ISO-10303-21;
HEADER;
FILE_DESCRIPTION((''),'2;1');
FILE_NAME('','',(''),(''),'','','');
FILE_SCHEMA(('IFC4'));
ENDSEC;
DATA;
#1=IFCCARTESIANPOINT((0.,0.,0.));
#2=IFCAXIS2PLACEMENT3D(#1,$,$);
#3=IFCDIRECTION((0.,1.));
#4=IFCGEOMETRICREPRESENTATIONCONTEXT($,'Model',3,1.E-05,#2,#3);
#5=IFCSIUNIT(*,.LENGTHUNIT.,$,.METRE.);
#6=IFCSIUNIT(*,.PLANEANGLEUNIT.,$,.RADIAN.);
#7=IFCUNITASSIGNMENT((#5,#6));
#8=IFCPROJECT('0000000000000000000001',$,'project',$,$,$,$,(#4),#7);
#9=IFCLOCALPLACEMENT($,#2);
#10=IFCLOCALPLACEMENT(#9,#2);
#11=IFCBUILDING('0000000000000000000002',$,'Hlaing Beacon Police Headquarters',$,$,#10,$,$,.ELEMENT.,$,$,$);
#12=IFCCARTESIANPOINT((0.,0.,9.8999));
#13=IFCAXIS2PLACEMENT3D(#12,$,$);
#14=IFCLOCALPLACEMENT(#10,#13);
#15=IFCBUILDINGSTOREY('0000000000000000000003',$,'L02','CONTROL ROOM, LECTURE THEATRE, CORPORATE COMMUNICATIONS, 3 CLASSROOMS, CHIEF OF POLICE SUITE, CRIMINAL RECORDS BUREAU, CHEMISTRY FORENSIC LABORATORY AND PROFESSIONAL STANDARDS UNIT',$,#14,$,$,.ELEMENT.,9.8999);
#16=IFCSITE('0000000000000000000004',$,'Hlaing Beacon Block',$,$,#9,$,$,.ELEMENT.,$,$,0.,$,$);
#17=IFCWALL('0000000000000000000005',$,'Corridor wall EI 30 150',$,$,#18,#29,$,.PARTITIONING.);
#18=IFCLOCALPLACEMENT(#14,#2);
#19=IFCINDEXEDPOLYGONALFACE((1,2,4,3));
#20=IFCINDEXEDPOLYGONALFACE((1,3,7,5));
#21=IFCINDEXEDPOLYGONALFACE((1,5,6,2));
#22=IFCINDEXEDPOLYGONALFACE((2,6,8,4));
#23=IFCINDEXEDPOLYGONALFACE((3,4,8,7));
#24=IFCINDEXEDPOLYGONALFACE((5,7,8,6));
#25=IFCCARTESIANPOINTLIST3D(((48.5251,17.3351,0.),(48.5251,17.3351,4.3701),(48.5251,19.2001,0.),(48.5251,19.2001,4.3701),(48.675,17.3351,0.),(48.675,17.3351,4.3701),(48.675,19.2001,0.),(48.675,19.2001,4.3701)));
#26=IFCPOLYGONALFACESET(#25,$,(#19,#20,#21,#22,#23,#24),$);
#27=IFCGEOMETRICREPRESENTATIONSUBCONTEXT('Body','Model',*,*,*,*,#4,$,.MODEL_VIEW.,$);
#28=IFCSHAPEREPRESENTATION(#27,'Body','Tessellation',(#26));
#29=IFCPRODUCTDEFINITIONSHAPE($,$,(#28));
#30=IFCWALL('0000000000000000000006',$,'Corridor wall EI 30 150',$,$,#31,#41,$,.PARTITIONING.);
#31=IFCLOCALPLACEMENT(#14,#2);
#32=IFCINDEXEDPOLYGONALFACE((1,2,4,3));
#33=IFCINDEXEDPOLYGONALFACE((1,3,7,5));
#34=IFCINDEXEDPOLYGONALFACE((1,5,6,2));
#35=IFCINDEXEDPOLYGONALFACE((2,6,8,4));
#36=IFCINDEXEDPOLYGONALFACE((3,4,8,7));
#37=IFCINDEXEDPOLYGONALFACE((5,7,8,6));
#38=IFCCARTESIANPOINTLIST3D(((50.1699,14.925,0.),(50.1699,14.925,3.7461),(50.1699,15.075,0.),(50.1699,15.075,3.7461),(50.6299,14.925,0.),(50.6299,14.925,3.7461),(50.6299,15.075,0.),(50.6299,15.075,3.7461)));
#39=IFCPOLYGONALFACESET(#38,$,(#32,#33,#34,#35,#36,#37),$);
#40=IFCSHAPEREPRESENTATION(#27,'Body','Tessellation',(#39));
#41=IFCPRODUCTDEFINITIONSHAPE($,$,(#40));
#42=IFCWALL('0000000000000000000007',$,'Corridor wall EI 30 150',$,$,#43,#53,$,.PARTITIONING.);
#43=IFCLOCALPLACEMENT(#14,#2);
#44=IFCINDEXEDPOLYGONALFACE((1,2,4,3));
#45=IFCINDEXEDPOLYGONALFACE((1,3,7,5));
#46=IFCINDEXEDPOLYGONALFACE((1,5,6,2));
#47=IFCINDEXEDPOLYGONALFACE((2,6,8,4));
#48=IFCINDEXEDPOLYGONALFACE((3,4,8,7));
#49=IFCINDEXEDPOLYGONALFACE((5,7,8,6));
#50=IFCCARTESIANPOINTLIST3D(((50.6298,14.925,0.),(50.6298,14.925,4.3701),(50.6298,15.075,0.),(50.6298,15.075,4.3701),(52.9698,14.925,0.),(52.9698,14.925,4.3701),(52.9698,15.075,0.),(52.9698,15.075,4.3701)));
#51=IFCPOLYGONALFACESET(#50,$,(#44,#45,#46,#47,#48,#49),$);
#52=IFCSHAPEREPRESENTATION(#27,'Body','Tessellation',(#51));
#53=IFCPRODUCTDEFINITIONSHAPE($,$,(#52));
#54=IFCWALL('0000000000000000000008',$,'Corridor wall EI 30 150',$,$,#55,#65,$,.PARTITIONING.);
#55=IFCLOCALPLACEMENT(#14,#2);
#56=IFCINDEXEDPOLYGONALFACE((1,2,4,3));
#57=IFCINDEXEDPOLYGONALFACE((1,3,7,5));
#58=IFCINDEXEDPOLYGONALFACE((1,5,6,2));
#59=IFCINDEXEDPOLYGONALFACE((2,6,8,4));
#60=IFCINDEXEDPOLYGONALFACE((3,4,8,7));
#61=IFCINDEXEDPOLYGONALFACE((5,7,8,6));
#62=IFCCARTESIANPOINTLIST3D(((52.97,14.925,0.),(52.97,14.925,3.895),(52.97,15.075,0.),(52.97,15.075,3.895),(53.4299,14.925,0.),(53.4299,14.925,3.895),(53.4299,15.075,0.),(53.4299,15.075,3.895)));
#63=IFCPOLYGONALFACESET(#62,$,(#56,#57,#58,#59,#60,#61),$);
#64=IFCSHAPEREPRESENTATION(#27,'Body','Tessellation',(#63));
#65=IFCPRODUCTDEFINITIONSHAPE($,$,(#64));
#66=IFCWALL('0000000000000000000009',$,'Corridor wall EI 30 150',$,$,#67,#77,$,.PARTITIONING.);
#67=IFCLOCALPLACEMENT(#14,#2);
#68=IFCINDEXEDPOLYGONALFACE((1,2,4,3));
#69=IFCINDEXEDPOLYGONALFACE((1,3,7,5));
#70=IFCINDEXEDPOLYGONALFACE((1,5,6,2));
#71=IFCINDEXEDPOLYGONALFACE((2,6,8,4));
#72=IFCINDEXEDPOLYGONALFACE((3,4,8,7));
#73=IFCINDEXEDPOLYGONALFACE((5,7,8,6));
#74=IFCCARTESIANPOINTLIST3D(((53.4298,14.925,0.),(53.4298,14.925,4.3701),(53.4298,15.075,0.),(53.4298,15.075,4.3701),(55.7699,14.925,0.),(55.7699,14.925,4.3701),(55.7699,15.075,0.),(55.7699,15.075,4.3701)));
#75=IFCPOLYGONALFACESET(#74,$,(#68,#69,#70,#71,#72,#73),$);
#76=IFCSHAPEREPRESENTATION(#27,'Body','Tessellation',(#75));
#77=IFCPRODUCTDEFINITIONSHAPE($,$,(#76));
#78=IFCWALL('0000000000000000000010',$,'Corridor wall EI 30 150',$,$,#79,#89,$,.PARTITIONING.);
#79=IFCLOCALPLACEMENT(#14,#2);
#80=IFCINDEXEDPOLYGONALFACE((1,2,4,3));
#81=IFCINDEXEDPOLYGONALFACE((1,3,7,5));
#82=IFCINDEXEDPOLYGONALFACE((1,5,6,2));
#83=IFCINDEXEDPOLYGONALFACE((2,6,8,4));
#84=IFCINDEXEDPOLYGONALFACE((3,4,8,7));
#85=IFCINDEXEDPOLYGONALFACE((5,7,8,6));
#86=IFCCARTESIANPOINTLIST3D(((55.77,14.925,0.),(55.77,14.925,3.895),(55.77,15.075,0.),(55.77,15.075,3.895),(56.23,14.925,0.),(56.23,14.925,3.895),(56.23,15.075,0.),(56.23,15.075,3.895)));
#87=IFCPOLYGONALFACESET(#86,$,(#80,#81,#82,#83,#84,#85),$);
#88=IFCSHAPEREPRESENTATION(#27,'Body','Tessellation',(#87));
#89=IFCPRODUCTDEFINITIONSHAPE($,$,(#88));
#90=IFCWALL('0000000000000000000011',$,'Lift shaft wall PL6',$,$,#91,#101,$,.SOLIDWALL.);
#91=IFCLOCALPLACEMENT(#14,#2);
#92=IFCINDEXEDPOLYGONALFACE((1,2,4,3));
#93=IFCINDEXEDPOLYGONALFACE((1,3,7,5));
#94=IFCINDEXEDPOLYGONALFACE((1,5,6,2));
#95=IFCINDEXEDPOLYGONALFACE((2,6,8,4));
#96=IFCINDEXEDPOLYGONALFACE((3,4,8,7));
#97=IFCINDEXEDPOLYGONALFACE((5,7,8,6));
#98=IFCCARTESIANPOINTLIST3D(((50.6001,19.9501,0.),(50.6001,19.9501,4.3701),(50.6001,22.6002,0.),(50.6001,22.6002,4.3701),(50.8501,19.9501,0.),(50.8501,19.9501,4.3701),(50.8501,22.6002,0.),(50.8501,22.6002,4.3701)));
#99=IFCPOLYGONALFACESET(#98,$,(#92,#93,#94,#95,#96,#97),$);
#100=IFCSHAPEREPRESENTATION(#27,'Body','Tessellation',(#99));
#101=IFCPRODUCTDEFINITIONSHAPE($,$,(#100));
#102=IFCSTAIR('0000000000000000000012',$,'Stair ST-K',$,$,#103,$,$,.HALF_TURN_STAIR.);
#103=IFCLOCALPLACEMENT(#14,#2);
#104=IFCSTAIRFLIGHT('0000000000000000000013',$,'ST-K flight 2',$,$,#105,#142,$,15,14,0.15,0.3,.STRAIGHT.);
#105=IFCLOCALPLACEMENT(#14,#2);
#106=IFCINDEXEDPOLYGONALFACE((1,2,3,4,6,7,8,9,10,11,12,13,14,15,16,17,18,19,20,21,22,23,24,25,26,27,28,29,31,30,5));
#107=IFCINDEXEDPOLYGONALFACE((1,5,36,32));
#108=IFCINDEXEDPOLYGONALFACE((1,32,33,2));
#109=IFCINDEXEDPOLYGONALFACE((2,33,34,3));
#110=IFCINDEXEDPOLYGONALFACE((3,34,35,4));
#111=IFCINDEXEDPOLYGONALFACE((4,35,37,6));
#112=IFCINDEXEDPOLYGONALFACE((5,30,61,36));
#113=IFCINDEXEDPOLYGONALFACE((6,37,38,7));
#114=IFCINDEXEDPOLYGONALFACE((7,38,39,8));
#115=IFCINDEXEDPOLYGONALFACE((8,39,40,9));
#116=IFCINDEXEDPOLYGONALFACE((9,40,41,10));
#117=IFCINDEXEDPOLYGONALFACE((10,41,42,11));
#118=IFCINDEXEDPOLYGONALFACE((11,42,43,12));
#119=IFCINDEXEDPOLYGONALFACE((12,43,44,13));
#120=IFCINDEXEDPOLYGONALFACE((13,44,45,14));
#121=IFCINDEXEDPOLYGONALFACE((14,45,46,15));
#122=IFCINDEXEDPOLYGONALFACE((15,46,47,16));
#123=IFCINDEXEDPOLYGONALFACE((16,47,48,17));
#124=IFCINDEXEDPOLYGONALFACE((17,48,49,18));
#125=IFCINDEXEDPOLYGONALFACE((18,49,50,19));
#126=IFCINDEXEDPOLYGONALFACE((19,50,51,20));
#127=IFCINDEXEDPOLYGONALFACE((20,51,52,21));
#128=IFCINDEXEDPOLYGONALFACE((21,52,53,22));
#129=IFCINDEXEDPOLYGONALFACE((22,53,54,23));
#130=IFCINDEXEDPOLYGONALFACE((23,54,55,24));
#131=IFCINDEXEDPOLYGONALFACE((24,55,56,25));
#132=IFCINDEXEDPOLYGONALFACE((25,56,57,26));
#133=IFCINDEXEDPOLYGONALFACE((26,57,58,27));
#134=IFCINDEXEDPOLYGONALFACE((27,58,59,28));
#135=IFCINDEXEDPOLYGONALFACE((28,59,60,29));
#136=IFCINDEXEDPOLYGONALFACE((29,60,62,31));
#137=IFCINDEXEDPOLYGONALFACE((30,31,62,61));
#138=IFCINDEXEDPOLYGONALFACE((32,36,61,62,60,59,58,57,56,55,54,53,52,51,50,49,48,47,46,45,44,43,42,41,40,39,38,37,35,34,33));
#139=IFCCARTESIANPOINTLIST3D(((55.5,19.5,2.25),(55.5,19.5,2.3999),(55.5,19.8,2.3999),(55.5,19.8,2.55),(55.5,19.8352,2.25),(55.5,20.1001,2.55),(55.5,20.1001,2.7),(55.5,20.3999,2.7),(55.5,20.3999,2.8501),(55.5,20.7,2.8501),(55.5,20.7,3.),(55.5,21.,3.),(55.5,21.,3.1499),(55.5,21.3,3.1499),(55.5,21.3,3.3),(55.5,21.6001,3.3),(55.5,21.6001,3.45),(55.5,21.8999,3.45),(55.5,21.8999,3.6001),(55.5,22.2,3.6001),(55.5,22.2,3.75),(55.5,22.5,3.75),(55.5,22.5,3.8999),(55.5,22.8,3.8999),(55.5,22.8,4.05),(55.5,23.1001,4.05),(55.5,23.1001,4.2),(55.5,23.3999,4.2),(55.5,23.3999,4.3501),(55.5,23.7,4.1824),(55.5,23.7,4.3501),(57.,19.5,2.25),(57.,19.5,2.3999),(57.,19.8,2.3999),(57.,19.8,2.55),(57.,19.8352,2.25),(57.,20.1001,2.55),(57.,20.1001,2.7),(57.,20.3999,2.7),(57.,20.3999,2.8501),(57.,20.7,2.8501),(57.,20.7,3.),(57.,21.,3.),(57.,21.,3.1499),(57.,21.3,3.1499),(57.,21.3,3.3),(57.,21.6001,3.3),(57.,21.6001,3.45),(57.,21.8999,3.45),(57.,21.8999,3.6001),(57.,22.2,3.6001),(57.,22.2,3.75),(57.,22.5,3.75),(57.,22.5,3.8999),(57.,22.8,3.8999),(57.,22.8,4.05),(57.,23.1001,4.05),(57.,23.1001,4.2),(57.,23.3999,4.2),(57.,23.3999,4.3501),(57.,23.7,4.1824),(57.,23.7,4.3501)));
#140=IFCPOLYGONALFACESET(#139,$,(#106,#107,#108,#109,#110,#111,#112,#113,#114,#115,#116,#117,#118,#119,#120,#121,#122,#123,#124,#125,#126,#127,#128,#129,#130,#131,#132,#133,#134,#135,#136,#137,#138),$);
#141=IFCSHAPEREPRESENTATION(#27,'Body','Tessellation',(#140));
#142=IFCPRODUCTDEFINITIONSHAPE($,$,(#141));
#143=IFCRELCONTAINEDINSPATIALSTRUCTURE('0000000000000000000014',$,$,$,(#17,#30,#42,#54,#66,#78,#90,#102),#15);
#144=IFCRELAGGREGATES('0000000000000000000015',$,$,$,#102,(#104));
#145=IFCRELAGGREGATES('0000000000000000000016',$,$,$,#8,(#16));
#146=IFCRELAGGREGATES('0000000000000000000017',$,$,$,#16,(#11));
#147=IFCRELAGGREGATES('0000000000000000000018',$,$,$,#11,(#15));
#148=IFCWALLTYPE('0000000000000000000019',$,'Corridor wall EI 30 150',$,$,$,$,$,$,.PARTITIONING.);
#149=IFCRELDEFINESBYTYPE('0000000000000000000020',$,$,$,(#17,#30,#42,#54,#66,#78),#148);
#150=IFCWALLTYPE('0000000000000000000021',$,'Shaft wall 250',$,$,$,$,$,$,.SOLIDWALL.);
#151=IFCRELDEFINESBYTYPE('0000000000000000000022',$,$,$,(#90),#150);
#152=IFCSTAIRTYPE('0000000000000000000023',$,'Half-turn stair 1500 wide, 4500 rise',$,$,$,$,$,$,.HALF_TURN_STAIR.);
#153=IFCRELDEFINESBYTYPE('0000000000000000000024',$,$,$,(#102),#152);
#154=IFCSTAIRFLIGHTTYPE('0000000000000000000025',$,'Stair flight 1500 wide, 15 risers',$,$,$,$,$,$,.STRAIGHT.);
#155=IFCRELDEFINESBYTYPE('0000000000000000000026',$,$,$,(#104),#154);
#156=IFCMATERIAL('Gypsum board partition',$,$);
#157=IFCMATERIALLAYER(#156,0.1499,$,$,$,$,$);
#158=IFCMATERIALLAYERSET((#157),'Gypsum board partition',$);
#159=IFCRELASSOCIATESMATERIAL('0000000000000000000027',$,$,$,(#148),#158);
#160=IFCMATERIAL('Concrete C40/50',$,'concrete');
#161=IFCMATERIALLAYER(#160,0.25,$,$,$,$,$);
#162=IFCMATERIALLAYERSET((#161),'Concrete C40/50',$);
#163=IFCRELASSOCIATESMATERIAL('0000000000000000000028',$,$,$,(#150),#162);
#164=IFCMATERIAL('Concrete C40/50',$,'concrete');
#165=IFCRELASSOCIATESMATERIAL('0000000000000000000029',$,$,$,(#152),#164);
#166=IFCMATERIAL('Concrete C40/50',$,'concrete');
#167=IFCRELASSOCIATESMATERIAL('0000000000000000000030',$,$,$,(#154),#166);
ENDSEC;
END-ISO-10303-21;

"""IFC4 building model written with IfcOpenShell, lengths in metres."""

from ifc_helpers import new_model, si_unit, direction, frame, frame_2d, origin, place, context, subcontext, project, spatial, polyline, rectangle, outline, extrude, material, layer, layer_set, type_object, element, aggregate, save


model = new_model("IFC4")

# Units and contexts
model_context = context("Model", 3, precision=1e-05, world=origin(), true_north=direction((0.0, 1.0)))
body_context = subcontext(model_context, "Body", "Model", "MODEL_VIEW")
ifc_project = project(units=[si_unit("LENGTHUNIT", "METRE"), si_unit("PLANEANGLEUNIT", "RADIAN")], contexts=[model_context])

# Site, building, storey
site_placement = place(None, origin())
site = spatial("IfcSite", under=ifc_project, at=site_placement, Name="Hlaing Beacon Block", CompositionType="ELEMENT", RefElevation=0.0)
building_placement = place(site_placement, origin())
building = spatial("IfcBuilding", under=site, at=building_placement, Name="Hlaing Beacon Police Headquarters", CompositionType="ELEMENT")
storey_placement = place(building_placement, frame((0.0, 0.0, 9.8999)))
storey = spatial("IfcBuildingStorey", under=building, at=storey_placement, Name="L02", Description="CONTROL ROOM, LECTURE THEATRE, CORPORATE COMMUNICATIONS, 3 CLASSROOMS, CHIEF OF POLICE SUITE, CRIMINAL RECORDS BUREAU, CHEMISTRY FORENSIC LABORATORY AND PROFESSIONAL STANDARDS UNIT", CompositionType="ELEMENT", Elevation=9.8999)

# Walls
ifc_material_1 = material(Name="Gypsum board partition")
ifc_layer_1 = layer(ifc_material_1, 0.1499)
ifc_layer_set_1 = layer_set([ifc_layer_1], Name="Gypsum board partition")
wall_type_1 = type_object("IfcWallType", Name="Corridor wall EI 30 150", PredefinedType="PARTITIONING", material=ifc_layer_set_1)
wall_1_placement = place(storey_placement, frame((48.6001, 17.335, 0.0), z_axis=(0.0, 0.0, 1.0), x_axis=(0.0, 1.0, 0.0)))
element("IfcWall", 1, at=wall_1_placement, inside=storey, type_object=wall_type_1, Name="Corridor wall EI 30 150", PredefinedType="PARTITIONING", context=body_context, shape_type="SweptSolid", body=[
    extrude(rectangle(XDim=1.865, YDim=0.1499, at=frame_2d((0.9326, 0.0))), origin(), (0.0, 0.0, 1.0), 4.3701),
])
wall_2_placement = place(storey_placement, frame((50.1699, 15.0, 0.0), z_axis=(0.0, 0.0, 1.0), x_axis=(1.0, 0.0, 0.0)))
element("IfcWall", 2, at=wall_2_placement, inside=storey, type_object=wall_type_1, Name="Corridor wall EI 30 150", PredefinedType="PARTITIONING", context=body_context, shape_type="SweptSolid", body=[
    extrude(rectangle(XDim=0.46, YDim=0.1499, at=frame_2d((0.23, 0.0))), origin(), (0.0, 0.0, 1.0), 3.7461),
])
wall_3_placement = place(storey_placement, frame((50.6299, 15.0, 0.0), z_axis=(0.0, 0.0, 1.0), x_axis=(1.0, 0.0, 0.0)))
element("IfcWall", 3, at=wall_3_placement, inside=storey, type_object=wall_type_1, Name="Corridor wall EI 30 150", PredefinedType="PARTITIONING", context=body_context, shape_type="SweptSolid", body=[
    extrude(rectangle(XDim=2.3401, YDim=0.1499, at=frame_2d((1.1699, 0.0))), origin(), (0.0, 0.0, 1.0), 4.3701),
])
wall_4_placement = place(storey_placement, frame((52.97, 15.0, 0.0), z_axis=(0.0, 0.0, 1.0), x_axis=(1.0, 0.0, 0.0)))
element("IfcWall", 4, at=wall_4_placement, inside=storey, type_object=wall_type_1, Name="Corridor wall EI 30 150", PredefinedType="PARTITIONING", context=body_context, shape_type="SweptSolid", body=[
    extrude(rectangle(XDim=0.46, YDim=0.1499, at=frame_2d((0.23, 0.0))), origin(), (0.0, 0.0, 1.0), 3.895),
])
wall_5_placement = place(storey_placement, frame((53.4299, 15.0, 0.0), z_axis=(0.0, 0.0, 1.0), x_axis=(1.0, 0.0, 0.0)))
element("IfcWall", 5, at=wall_5_placement, inside=storey, type_object=wall_type_1, Name="Corridor wall EI 30 150", PredefinedType="PARTITIONING", context=body_context, shape_type="SweptSolid", body=[
    extrude(rectangle(XDim=2.3401, YDim=0.1499, at=frame_2d((1.1699, 0.0))), origin(), (0.0, 0.0, 1.0), 4.3701),
])
wall_6_placement = place(storey_placement, frame((55.77, 15.0, 0.0), z_axis=(0.0, 0.0, 1.0), x_axis=(1.0, 0.0, 0.0)))
element("IfcWall", 6, at=wall_6_placement, inside=storey, type_object=wall_type_1, Name="Corridor wall EI 30 150", PredefinedType="PARTITIONING", context=body_context, shape_type="SweptSolid", body=[
    extrude(rectangle(XDim=0.46, YDim=0.1499, at=frame_2d((0.23, 0.0))), origin(), (0.0, 0.0, 1.0), 3.895),
])

# Wall
ifc_material_2 = material(Name="Concrete C40/50", Category="concrete")
ifc_layer_2 = layer(ifc_material_2, 0.25)
ifc_layer_set_2 = layer_set([ifc_layer_2], Name="Concrete C40/50")
wall_type_2 = type_object("IfcWallType", Name="Shaft wall 250", PredefinedType="SOLIDWALL", material=ifc_layer_set_2)
wall_7_placement = place(storey_placement, frame((50.7251, 19.95, 0.0), z_axis=(0.0, 0.0, 1.0), x_axis=(0.0, 1.0, 0.0)))
element("IfcWall", 7, at=wall_7_placement, inside=storey, type_object=wall_type_2, Name="Lift shaft wall PL6", PredefinedType="SOLIDWALL", context=body_context, shape_type="SweptSolid", body=[
    extrude(rectangle(XDim=2.6501, YDim=0.25, at=frame_2d((1.3252, 0.0))), origin(), (0.0, 0.0, 1.0), 4.3701),
])

# Stair, stair flight
ifc_material_3 = material(Name="Concrete C40/50", Category="concrete")
stair_type = type_object("IfcStairType", Name="Half-turn stair 1500 wide, 4500 rise", PredefinedType="HALF_TURN_STAIR", material=ifc_material_3)
stair_placement = place(storey_placement, origin())
stair = element("IfcStair", 8, at=stair_placement, inside=storey, type_object=stair_type, Name="Stair ST-K", PredefinedType="HALF_TURN_STAIR")
ifc_material_4 = material(Name="Concrete C40/50", Category="concrete")
stair_flight_type = type_object("IfcStairFlightType", Name="Stair flight 1500 wide, 15 risers", PredefinedType="STRAIGHT", material=ifc_material_4)
stair_flight_placement = place(storey_placement, frame((56.25, 19.5, 2.25), z_axis=(0.0, 0.0, 1.0), x_axis=(0.0, 1.0, 0.0)))
stair_flight = element("IfcStairFlight", 9, at=stair_flight_placement, type_object=stair_flight_type, Name="ST-K flight 2", NumberOfRisers=15, NumberOfTreads=14, PredefinedType="STRAIGHT", RiserHeight=0.15, TreadLength=0.3, context=body_context, shape_type="SweptSolid", body=[
    extrude(outline(polyline([(0.0, 0.0), (0.0, 0.1499), (0.3, 0.1499), (0.3, 0.3), (0.6001, 0.3), (0.6001, 0.45), (0.8999, 0.45), (0.8999, 0.6001), (1.2, 0.6001), (1.2, 0.75), (1.5, 0.75), (1.5, 0.8999), (1.8, 0.8999), (1.8, 1.05), (2.1001, 1.05), (2.1001, 1.2), (2.3999, 1.2), (2.3999, 1.3501), (2.7, 1.3501), (2.7, 1.5), (3.0, 1.5), (3.0, 1.6499), (3.3, 1.6499), (3.3, 1.8), (3.6001, 1.8), (3.6001, 1.95), (3.8999, 1.95), (3.8999, 2.1001), (4.2, 2.1001), (4.2, 2.25), (4.2, 1.9324), (0.3352, 0.0), (0.0, 0.0)])), frame((0.0, 0.75, 0.0), z_axis=(0.0, -1.0, 0.0), x_axis=(1.0, 0.0, 0.0)), (0.0, 0.0, 1.0), 1.5),
])
aggregate(stair, [stair_flight])

save(model, "model.ifc")
